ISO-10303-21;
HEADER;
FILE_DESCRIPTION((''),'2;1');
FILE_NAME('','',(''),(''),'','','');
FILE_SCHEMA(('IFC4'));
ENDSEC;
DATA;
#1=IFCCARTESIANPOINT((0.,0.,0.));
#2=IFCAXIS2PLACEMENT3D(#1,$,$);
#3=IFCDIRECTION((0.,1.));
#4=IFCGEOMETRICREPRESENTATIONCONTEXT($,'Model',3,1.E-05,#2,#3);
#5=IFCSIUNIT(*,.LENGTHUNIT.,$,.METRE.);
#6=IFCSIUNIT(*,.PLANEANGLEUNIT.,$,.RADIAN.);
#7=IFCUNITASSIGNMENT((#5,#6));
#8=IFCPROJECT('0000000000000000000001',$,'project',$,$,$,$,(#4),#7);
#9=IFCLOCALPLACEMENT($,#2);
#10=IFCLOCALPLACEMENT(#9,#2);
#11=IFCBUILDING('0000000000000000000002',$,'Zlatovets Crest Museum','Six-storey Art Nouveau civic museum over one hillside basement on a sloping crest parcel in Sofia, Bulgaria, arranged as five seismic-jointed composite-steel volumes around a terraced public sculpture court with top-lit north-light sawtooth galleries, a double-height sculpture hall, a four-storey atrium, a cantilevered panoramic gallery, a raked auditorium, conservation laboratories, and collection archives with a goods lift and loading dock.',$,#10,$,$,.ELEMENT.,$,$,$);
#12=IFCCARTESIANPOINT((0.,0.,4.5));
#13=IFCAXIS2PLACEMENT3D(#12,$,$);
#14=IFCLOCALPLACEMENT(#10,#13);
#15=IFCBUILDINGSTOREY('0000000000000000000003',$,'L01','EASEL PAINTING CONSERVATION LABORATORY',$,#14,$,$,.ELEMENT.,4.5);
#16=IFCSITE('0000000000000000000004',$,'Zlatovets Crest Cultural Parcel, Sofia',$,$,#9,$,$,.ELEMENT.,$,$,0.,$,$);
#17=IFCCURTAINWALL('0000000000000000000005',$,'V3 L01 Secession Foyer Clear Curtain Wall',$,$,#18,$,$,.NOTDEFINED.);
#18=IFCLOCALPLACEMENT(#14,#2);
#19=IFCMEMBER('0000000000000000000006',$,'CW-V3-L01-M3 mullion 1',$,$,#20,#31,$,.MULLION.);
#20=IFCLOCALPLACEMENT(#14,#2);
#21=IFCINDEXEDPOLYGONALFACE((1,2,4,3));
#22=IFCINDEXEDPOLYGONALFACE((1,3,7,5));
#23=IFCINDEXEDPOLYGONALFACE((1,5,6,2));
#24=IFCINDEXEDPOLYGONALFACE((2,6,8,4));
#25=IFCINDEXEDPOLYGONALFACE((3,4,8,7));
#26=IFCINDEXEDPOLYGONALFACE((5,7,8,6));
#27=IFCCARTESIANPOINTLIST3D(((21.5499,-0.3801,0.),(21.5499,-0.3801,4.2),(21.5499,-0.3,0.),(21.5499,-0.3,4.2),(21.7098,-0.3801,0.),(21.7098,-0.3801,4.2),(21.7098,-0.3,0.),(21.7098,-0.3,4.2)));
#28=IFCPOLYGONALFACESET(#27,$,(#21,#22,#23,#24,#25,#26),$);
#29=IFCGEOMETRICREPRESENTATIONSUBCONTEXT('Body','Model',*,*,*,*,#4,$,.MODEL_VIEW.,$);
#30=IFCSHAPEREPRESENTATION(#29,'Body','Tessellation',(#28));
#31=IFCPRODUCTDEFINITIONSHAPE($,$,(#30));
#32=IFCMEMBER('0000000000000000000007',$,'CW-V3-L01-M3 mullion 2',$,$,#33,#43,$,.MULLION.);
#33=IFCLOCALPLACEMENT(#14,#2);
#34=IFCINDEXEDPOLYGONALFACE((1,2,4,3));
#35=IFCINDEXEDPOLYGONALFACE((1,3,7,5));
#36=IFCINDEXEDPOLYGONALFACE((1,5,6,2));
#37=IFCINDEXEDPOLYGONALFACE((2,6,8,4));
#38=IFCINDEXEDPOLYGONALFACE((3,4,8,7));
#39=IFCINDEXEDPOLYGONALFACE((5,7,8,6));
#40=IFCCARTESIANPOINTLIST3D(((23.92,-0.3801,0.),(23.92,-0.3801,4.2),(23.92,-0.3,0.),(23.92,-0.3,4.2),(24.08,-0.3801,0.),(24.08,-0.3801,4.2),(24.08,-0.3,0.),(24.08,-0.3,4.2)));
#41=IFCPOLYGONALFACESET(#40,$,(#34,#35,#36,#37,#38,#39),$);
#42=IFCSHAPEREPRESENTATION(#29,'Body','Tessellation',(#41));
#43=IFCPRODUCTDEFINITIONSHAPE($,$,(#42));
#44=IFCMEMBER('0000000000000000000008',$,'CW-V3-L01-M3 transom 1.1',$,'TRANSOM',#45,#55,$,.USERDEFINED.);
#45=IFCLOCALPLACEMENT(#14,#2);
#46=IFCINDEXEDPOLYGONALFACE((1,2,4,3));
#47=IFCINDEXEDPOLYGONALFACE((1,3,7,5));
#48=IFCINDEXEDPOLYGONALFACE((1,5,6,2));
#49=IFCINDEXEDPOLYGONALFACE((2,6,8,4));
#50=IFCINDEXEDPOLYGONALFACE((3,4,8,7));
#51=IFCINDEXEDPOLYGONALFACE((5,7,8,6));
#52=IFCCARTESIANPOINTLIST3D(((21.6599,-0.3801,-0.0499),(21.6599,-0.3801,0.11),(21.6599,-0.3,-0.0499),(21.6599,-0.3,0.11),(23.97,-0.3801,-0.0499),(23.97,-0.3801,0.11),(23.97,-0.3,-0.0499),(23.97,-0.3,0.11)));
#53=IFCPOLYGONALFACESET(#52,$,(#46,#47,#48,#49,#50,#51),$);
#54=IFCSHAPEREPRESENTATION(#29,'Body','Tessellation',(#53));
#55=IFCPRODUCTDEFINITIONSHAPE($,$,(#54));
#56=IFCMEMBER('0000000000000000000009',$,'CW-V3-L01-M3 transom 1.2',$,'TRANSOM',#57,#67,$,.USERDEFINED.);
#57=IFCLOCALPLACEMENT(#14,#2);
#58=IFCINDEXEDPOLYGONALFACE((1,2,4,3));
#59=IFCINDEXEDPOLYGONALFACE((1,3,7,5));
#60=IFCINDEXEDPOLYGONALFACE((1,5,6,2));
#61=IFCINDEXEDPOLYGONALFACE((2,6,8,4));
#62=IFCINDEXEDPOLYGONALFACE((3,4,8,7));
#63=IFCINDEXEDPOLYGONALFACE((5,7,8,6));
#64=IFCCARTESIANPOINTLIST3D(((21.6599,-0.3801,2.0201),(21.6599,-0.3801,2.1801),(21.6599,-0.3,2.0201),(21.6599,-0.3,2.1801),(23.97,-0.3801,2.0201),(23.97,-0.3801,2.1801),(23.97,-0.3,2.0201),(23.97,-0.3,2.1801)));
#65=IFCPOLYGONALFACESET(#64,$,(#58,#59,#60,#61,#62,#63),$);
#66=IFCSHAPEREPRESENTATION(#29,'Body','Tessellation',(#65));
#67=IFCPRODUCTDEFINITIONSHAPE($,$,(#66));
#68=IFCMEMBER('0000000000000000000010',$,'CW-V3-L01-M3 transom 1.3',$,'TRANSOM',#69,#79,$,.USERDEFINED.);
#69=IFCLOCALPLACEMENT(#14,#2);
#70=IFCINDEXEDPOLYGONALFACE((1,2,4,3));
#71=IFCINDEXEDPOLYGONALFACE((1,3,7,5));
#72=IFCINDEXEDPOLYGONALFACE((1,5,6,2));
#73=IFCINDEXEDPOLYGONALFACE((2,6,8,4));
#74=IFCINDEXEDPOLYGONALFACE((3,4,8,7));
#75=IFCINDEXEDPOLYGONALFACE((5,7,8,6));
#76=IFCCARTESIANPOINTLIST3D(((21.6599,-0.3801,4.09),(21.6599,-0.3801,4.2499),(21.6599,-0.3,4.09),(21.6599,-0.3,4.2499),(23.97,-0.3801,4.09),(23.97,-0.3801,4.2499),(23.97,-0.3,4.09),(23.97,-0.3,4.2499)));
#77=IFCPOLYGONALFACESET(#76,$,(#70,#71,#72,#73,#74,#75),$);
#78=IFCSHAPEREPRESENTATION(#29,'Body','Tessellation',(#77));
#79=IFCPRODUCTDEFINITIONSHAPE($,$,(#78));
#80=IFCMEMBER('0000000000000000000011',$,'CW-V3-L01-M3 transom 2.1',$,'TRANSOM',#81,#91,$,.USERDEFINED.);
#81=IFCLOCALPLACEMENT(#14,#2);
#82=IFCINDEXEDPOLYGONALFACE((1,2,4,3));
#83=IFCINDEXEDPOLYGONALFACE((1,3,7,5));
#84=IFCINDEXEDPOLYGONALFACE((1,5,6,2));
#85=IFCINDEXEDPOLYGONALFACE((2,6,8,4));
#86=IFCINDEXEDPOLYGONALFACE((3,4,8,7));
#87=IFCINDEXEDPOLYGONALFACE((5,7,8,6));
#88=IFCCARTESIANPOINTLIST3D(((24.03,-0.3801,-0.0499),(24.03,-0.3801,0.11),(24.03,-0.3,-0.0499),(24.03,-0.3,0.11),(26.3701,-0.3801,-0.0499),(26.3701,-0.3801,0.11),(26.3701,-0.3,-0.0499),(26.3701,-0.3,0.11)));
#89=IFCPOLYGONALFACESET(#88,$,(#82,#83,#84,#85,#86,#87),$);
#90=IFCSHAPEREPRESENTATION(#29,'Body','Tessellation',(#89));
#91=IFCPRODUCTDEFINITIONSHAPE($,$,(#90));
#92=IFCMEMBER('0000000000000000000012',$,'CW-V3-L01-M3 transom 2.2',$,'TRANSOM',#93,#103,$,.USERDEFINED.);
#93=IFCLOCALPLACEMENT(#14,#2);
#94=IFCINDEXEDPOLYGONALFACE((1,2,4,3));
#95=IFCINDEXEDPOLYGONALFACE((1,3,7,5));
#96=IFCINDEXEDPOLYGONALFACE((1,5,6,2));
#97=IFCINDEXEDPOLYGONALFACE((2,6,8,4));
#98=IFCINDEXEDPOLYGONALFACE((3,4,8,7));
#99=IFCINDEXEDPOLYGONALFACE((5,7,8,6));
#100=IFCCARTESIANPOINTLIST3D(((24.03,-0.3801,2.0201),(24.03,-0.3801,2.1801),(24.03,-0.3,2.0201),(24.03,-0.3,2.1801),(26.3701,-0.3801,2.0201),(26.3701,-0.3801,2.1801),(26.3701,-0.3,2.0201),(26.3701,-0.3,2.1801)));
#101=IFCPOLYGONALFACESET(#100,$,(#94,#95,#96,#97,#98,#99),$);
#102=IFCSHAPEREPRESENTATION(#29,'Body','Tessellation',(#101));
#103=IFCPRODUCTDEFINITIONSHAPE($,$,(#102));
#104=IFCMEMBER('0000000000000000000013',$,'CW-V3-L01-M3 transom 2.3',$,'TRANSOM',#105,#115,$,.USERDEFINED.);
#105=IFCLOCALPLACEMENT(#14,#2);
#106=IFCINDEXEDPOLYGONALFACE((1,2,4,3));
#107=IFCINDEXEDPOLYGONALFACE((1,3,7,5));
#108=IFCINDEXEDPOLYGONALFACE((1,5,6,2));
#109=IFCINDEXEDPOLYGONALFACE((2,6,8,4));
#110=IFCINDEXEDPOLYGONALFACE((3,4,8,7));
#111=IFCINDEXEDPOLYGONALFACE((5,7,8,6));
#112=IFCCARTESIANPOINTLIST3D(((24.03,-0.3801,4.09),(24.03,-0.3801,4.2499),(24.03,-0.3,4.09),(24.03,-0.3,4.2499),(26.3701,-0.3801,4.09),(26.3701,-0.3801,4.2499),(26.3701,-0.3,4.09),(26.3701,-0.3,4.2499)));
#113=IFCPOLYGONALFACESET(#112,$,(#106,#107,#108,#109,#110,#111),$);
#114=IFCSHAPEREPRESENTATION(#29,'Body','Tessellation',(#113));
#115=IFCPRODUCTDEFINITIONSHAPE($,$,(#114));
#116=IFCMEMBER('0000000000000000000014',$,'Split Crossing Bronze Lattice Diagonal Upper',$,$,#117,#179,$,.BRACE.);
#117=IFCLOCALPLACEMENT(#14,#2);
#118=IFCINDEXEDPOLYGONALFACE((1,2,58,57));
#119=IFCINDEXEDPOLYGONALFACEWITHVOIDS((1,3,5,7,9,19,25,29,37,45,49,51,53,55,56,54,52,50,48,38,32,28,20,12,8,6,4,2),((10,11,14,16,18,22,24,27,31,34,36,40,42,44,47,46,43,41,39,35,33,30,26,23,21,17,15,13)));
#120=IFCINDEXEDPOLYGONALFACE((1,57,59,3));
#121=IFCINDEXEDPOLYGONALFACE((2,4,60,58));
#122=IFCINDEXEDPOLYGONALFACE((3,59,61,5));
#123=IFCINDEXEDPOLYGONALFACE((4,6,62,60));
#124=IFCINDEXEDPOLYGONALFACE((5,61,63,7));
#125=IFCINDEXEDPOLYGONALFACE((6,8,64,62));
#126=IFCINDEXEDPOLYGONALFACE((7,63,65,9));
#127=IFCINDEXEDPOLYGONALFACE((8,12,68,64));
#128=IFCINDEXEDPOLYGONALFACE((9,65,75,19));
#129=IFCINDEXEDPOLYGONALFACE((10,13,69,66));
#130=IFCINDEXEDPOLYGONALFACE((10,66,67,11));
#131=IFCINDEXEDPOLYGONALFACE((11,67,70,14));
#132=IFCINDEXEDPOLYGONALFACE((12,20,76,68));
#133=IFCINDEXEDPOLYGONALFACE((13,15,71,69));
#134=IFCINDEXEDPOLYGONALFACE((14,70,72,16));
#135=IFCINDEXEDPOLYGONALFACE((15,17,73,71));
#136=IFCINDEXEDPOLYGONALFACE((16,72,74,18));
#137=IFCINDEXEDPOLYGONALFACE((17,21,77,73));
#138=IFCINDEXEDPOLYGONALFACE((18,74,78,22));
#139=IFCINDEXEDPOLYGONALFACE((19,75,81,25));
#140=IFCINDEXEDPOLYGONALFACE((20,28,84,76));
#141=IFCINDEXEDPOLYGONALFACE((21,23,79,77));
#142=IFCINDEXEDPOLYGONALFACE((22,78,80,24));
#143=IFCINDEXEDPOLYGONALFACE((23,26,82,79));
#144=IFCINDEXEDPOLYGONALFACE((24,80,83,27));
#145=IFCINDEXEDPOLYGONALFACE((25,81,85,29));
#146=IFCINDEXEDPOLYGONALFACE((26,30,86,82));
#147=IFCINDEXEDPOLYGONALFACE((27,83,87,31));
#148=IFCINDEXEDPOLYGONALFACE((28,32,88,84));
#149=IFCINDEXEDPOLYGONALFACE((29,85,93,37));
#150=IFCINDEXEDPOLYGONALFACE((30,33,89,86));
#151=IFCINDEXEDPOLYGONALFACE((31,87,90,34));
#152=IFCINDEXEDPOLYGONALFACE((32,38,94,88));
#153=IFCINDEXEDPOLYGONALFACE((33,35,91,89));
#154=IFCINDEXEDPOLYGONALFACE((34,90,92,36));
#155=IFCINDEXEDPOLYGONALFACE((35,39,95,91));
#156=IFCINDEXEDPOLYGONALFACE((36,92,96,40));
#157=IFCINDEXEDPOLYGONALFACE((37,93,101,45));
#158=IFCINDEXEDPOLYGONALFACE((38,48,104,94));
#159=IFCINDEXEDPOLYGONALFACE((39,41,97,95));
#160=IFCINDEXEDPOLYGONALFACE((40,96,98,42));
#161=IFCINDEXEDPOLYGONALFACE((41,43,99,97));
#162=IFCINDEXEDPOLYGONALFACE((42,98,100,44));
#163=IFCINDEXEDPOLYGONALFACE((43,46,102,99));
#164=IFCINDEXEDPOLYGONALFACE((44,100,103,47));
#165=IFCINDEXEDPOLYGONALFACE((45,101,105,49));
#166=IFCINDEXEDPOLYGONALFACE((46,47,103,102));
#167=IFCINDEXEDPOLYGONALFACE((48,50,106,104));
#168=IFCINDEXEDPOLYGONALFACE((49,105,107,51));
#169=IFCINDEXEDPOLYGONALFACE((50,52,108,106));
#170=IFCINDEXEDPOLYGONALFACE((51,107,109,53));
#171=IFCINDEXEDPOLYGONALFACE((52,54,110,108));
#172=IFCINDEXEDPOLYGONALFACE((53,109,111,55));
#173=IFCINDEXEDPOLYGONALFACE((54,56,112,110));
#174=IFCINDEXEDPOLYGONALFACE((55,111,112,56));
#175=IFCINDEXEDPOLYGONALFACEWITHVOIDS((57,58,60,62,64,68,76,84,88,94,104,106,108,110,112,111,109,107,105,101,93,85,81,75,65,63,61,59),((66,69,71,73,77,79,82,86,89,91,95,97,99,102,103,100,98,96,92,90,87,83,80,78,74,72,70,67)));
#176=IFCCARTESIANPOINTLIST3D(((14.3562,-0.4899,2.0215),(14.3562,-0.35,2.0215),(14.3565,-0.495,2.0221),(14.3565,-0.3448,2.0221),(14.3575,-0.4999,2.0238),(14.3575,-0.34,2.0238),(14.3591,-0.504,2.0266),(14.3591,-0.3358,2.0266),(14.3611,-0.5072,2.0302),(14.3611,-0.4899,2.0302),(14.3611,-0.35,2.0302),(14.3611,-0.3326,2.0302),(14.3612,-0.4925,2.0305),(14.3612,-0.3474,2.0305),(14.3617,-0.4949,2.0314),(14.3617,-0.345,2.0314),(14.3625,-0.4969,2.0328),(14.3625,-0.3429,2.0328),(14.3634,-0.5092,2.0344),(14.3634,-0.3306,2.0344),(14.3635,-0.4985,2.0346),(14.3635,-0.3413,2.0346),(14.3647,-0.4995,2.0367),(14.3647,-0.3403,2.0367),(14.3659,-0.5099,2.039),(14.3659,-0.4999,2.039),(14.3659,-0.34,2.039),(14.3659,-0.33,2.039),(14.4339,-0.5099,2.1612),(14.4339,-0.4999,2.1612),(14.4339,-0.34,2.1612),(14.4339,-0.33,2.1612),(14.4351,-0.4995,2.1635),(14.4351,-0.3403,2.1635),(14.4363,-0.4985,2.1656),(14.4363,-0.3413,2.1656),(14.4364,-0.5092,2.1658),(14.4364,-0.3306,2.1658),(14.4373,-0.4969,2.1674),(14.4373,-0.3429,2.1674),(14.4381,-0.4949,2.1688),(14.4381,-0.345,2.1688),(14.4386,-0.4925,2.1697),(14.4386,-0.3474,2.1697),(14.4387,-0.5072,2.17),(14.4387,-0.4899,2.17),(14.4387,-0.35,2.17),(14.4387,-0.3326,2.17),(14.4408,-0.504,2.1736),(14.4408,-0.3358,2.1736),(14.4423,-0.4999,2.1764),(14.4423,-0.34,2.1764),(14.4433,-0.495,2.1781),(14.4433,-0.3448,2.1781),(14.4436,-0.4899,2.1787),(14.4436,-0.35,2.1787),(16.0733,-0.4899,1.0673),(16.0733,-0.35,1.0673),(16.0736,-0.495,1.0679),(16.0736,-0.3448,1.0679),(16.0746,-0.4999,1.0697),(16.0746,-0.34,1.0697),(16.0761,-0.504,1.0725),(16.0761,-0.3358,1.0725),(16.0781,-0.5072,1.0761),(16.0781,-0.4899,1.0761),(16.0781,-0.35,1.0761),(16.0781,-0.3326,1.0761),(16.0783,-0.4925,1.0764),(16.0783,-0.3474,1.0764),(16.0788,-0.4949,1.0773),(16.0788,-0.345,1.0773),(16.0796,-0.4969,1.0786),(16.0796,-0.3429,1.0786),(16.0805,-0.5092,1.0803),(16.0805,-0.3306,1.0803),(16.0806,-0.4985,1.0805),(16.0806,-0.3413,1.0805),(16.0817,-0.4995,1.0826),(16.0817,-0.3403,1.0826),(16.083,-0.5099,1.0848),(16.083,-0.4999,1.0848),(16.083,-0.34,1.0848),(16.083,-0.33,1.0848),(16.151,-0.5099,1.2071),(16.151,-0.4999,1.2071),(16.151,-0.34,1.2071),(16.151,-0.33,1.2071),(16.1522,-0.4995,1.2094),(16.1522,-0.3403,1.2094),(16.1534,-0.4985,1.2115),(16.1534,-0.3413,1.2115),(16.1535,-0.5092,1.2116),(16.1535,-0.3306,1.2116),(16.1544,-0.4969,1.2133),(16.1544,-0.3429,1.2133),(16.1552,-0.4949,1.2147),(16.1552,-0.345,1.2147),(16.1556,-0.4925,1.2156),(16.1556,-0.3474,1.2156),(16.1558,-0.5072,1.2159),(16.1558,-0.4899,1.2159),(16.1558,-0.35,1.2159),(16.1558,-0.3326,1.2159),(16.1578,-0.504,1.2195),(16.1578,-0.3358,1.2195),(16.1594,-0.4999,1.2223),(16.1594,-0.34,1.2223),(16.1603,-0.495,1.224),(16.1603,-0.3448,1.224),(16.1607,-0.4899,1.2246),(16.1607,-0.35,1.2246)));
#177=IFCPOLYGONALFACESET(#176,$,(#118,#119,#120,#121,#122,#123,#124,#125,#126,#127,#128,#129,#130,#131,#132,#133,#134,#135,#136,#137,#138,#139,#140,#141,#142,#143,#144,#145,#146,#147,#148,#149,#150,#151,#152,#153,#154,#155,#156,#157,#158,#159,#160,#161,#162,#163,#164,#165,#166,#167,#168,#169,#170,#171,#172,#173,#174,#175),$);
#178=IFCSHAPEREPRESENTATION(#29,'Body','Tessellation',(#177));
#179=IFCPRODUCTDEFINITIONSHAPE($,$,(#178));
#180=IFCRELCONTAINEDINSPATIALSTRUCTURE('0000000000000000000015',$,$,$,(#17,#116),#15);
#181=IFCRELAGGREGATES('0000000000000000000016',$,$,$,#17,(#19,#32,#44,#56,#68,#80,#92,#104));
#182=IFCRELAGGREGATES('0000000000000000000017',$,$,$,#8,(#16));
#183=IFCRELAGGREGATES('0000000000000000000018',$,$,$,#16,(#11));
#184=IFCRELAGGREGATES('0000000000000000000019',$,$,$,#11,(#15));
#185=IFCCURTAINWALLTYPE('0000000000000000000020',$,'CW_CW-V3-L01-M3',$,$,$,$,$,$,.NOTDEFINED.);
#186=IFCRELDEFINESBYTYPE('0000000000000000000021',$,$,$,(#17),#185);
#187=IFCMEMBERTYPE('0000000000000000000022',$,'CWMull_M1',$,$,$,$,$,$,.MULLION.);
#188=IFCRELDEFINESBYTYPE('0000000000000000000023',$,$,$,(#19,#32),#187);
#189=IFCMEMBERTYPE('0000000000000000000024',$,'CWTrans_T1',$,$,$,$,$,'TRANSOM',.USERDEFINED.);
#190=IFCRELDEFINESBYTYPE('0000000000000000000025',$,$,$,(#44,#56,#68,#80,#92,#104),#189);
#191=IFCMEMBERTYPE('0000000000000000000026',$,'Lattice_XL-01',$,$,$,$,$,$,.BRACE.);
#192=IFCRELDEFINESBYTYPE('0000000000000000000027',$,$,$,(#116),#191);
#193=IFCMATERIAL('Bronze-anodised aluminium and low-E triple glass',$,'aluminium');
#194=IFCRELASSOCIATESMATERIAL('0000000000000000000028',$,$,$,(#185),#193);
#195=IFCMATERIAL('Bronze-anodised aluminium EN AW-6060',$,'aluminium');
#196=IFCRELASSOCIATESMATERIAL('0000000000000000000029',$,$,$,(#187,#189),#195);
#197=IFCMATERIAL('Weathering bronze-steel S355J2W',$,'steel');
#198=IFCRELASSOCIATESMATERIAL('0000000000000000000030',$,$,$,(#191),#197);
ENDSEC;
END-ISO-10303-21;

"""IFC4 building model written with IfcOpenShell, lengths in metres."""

from ifc_helpers import new_model, si_unit, direction, frame, origin, origin_2d, place, context, subcontext, project, spatial, rectangle, hollow_rectangle, extrude, material, material_profile, profile_set, type_object, element, aggregate, save


model = new_model("IFC4")

# Units and contexts
model_context = context("Model", 3, precision=1e-05, world=origin(), true_north=direction((0.0, 1.0)))
body_context = subcontext(model_context, "Body", "Model", "MODEL_VIEW")
ifc_project = project(units=[si_unit("LENGTHUNIT", "METRE"), si_unit("PLANEANGLEUNIT", "RADIAN")], contexts=[model_context])

# Site, building, storey
site_placement = place(None, origin())
site = spatial("IfcSite", under=ifc_project, at=site_placement, Name="Zlatovets Crest Cultural Parcel, Sofia", CompositionType="ELEMENT", RefElevation=0.0)
building_placement = place(site_placement, origin())
building = spatial("IfcBuilding", under=site, at=building_placement, Name="Zlatovets Crest Museum", Description="Six-storey Art Nouveau civic museum over one hillside basement on a sloping crest parcel in Sofia, Bulgaria, arranged as five seismic-jointed composite-steel volumes around a terraced public sculpture court with top-lit north-light sawtooth galleries, a double-height sculpture hall, a four-storey atrium, a cantilevered panoramic gallery, a raked auditorium, conservation laboratories, and collection archives with a goods lift and loading dock.", CompositionType="ELEMENT")
storey_placement = place(building_placement, frame((0.0, 0.0, 4.5)))
storey = spatial("IfcBuildingStorey", under=building, at=storey_placement, Name="L01", Description="EASEL PAINTING CONSERVATION LABORATORY", CompositionType="ELEMENT", Elevation=4.5)

# Curtain wall, members
ifc_material_1 = material(Name="Bronze-anodised aluminium and low-E triple glass", Category="aluminium")
curtain_wall_type = type_object("IfcCurtainWallType", Name="CW_CW-V3-L01-M3", PredefinedType="NOTDEFINED", material=ifc_material_1)
curtain_wall_placement = place(storey_placement, origin())
curtain_wall = element("IfcCurtainWall", 1, at=curtain_wall_placement, inside=storey, type_object=curtain_wall_type, Name="V3 L01 Secession Foyer Clear Curtain Wall", PredefinedType="NOTDEFINED")
ifc_material_2 = material(Name="Bronze-anodised aluminium EN AW-6060", Category="aluminium")
ifc_material_profile_1 = material_profile(ifc_material_2, rectangle(XDim=0.0801, YDim=0.1599, at=origin_2d()), Name="ALU 80x160")
ifc_profile_set_1 = profile_set([ifc_material_profile_1], Name="Bronze-anodised aluminium EN AW-6060")
member_type_1 = type_object("IfcMemberType", Name="CWMull_M1", PredefinedType="MULLION", material=ifc_profile_set_1)
member_1_placement = place(storey_placement, frame((21.6299, -0.3401, 0.0), z_axis=(0.0, 0.0, 1.0), x_axis=(0.0, 1.0, 0.0)))
member_1 = element("IfcMember", 2, at=member_1_placement, type_object=member_type_1, Name="CW-V3-L01-M3 mullion 1", PredefinedType="MULLION", context=body_context, shape_type="SweptSolid", body=[
    extrude(rectangle(XDim=0.0801, YDim=0.1599, at=origin_2d()), origin(), (0.0, 0.0, 1.0), 4.2),
])
member_2_placement = place(storey_placement, frame((24.0, -0.3401, 0.0), z_axis=(0.0, 0.0, 1.0), x_axis=(0.0, 1.0, 0.0)))
member_2 = element("IfcMember", 3, at=member_2_placement, type_object=member_type_1, Name="CW-V3-L01-M3 mullion 2", PredefinedType="MULLION", context=body_context, shape_type="SweptSolid", body=[
    extrude(rectangle(XDim=0.0801, YDim=0.1599, at=origin_2d()), origin(), (0.0, 0.0, 1.0), 4.2),
])
ifc_material_profile_2 = material_profile(ifc_material_2, rectangle(XDim=0.0801, YDim=0.1599, at=origin_2d()), Name="ALU 80x160")
ifc_profile_set_2 = profile_set([ifc_material_profile_2], Name="Bronze-anodised aluminium EN AW-6060")
member_type_2 = type_object("IfcMemberType", Name="CWTrans_T1", ElementType="TRANSOM", PredefinedType="USERDEFINED", material=ifc_profile_set_2)
member_3_placement = place(storey_placement, frame((21.6599, -0.3401, 0.03), z_axis=(1.0, 0.0, 0.0), x_axis=(0.0, 1.0, 0.0)))
member_3 = element("IfcMember", 4, at=member_3_placement, type_object=member_type_2, Name="CW-V3-L01-M3 transom 1.1", ObjectType="TRANSOM", PredefinedType="USERDEFINED", context=body_context, shape_type="SweptSolid", body=[
    extrude(rectangle(XDim=0.0801, YDim=0.1599, at=origin_2d()), origin(), (0.0, 0.0, 1.0), 2.3101),
])
member_4_placement = place(storey_placement, frame((21.6599, -0.3401, 2.1001), z_axis=(1.0, 0.0, 0.0), x_axis=(0.0, 1.0, 0.0)))
member_4 = element("IfcMember", 5, at=member_4_placement, type_object=member_type_2, Name="CW-V3-L01-M3 transom 1.2", ObjectType="TRANSOM", PredefinedType="USERDEFINED", context=body_context, shape_type="SweptSolid", body=[
    extrude(rectangle(XDim=0.0801, YDim=0.1599, at=origin_2d()), origin(), (0.0, 0.0, 1.0), 2.3101),
])
member_5_placement = place(storey_placement, frame((21.6599, -0.3401, 4.1699), z_axis=(1.0, 0.0, 0.0), x_axis=(0.0, 1.0, 0.0)))
member_5 = element("IfcMember", 6, at=member_5_placement, type_object=member_type_2, Name="CW-V3-L01-M3 transom 1.3", ObjectType="TRANSOM", PredefinedType="USERDEFINED", context=body_context, shape_type="SweptSolid", body=[
    extrude(rectangle(XDim=0.0801, YDim=0.1599, at=origin_2d()), origin(), (0.0, 0.0, 1.0), 2.3101),
])
member_6_placement = place(storey_placement, frame((24.03, -0.3401, 0.03), z_axis=(1.0, 0.0, 0.0), x_axis=(0.0, 1.0, 0.0)))
member_6 = element("IfcMember", 7, at=member_6_placement, type_object=member_type_2, Name="CW-V3-L01-M3 transom 2.1", ObjectType="TRANSOM", PredefinedType="USERDEFINED", context=body_context, shape_type="SweptSolid", body=[
    extrude(rectangle(XDim=0.0801, YDim=0.1599, at=origin_2d()), origin(), (0.0, 0.0, 1.0), 2.3401),
])
member_7_placement = place(storey_placement, frame((24.03, -0.3401, 2.1001), z_axis=(1.0, 0.0, 0.0), x_axis=(0.0, 1.0, 0.0)))
member_7 = element("IfcMember", 8, at=member_7_placement, type_object=member_type_2, Name="CW-V3-L01-M3 transom 2.2", ObjectType="TRANSOM", PredefinedType="USERDEFINED", context=body_context, shape_type="SweptSolid", body=[
    extrude(rectangle(XDim=0.0801, YDim=0.1599, at=origin_2d()), origin(), (0.0, 0.0, 1.0), 2.3401),
])
member_8_placement = place(storey_placement, frame((24.03, -0.3401, 4.1699), z_axis=(1.0, 0.0, 0.0), x_axis=(0.0, 1.0, 0.0)))
member_8 = element("IfcMember", 9, at=member_8_placement, type_object=member_type_2, Name="CW-V3-L01-M3 transom 2.3", ObjectType="TRANSOM", PredefinedType="USERDEFINED", context=body_context, shape_type="SweptSolid", body=[
    extrude(rectangle(XDim=0.0801, YDim=0.1599, at=origin_2d()), origin(), (0.0, 0.0, 1.0), 2.3401),
])

# Member
ifc_material_3 = material(Name="Weathering bronze-steel S355J2W", Category="steel")
ifc_material_profile_3 = material_profile(ifc_material_3, hollow_rectangle(XDim=0.1799, YDim=0.1799, WallThickness=0.01, InnerFilletRadius=0.01, OuterFilletRadius=0.02, at=origin_2d()), Name="SHS 180x180x10.0")
ifc_profile_set_3 = profile_set([ifc_material_profile_3], Name="Weathering bronze-steel S355J2W")
member_type_3 = type_object("IfcMemberType", Name="Lattice_XL-01", PredefinedType="BRACE", material=ifc_profile_set_3)
member_9_placement = place(storey_placement, frame((14.3999, -0.4199, 2.1001), z_axis=(0.874116, 0.0, -0.485717), x_axis=(0.0, 1.0, 0.0)))
element("IfcMember", 10, at=member_9_placement, inside=storey, type_object=member_type_3, Name="Split Crossing Bronze Lattice Diagonal Upper", PredefinedType="BRACE", context=body_context, shape_type="SweptSolid", body=[
    extrude(hollow_rectangle(XDim=0.1799, YDim=0.1799, WallThickness=0.01, InnerFilletRadius=0.01, OuterFilletRadius=0.02, at=origin_2d()), origin(), (0.0, 0.0, 1.0), 1.9644),
])

aggregate(curtain_wall, [member_1, member_2, member_3, member_4, member_5, member_6, member_7, member_8])

save(model, "model.ifc")
